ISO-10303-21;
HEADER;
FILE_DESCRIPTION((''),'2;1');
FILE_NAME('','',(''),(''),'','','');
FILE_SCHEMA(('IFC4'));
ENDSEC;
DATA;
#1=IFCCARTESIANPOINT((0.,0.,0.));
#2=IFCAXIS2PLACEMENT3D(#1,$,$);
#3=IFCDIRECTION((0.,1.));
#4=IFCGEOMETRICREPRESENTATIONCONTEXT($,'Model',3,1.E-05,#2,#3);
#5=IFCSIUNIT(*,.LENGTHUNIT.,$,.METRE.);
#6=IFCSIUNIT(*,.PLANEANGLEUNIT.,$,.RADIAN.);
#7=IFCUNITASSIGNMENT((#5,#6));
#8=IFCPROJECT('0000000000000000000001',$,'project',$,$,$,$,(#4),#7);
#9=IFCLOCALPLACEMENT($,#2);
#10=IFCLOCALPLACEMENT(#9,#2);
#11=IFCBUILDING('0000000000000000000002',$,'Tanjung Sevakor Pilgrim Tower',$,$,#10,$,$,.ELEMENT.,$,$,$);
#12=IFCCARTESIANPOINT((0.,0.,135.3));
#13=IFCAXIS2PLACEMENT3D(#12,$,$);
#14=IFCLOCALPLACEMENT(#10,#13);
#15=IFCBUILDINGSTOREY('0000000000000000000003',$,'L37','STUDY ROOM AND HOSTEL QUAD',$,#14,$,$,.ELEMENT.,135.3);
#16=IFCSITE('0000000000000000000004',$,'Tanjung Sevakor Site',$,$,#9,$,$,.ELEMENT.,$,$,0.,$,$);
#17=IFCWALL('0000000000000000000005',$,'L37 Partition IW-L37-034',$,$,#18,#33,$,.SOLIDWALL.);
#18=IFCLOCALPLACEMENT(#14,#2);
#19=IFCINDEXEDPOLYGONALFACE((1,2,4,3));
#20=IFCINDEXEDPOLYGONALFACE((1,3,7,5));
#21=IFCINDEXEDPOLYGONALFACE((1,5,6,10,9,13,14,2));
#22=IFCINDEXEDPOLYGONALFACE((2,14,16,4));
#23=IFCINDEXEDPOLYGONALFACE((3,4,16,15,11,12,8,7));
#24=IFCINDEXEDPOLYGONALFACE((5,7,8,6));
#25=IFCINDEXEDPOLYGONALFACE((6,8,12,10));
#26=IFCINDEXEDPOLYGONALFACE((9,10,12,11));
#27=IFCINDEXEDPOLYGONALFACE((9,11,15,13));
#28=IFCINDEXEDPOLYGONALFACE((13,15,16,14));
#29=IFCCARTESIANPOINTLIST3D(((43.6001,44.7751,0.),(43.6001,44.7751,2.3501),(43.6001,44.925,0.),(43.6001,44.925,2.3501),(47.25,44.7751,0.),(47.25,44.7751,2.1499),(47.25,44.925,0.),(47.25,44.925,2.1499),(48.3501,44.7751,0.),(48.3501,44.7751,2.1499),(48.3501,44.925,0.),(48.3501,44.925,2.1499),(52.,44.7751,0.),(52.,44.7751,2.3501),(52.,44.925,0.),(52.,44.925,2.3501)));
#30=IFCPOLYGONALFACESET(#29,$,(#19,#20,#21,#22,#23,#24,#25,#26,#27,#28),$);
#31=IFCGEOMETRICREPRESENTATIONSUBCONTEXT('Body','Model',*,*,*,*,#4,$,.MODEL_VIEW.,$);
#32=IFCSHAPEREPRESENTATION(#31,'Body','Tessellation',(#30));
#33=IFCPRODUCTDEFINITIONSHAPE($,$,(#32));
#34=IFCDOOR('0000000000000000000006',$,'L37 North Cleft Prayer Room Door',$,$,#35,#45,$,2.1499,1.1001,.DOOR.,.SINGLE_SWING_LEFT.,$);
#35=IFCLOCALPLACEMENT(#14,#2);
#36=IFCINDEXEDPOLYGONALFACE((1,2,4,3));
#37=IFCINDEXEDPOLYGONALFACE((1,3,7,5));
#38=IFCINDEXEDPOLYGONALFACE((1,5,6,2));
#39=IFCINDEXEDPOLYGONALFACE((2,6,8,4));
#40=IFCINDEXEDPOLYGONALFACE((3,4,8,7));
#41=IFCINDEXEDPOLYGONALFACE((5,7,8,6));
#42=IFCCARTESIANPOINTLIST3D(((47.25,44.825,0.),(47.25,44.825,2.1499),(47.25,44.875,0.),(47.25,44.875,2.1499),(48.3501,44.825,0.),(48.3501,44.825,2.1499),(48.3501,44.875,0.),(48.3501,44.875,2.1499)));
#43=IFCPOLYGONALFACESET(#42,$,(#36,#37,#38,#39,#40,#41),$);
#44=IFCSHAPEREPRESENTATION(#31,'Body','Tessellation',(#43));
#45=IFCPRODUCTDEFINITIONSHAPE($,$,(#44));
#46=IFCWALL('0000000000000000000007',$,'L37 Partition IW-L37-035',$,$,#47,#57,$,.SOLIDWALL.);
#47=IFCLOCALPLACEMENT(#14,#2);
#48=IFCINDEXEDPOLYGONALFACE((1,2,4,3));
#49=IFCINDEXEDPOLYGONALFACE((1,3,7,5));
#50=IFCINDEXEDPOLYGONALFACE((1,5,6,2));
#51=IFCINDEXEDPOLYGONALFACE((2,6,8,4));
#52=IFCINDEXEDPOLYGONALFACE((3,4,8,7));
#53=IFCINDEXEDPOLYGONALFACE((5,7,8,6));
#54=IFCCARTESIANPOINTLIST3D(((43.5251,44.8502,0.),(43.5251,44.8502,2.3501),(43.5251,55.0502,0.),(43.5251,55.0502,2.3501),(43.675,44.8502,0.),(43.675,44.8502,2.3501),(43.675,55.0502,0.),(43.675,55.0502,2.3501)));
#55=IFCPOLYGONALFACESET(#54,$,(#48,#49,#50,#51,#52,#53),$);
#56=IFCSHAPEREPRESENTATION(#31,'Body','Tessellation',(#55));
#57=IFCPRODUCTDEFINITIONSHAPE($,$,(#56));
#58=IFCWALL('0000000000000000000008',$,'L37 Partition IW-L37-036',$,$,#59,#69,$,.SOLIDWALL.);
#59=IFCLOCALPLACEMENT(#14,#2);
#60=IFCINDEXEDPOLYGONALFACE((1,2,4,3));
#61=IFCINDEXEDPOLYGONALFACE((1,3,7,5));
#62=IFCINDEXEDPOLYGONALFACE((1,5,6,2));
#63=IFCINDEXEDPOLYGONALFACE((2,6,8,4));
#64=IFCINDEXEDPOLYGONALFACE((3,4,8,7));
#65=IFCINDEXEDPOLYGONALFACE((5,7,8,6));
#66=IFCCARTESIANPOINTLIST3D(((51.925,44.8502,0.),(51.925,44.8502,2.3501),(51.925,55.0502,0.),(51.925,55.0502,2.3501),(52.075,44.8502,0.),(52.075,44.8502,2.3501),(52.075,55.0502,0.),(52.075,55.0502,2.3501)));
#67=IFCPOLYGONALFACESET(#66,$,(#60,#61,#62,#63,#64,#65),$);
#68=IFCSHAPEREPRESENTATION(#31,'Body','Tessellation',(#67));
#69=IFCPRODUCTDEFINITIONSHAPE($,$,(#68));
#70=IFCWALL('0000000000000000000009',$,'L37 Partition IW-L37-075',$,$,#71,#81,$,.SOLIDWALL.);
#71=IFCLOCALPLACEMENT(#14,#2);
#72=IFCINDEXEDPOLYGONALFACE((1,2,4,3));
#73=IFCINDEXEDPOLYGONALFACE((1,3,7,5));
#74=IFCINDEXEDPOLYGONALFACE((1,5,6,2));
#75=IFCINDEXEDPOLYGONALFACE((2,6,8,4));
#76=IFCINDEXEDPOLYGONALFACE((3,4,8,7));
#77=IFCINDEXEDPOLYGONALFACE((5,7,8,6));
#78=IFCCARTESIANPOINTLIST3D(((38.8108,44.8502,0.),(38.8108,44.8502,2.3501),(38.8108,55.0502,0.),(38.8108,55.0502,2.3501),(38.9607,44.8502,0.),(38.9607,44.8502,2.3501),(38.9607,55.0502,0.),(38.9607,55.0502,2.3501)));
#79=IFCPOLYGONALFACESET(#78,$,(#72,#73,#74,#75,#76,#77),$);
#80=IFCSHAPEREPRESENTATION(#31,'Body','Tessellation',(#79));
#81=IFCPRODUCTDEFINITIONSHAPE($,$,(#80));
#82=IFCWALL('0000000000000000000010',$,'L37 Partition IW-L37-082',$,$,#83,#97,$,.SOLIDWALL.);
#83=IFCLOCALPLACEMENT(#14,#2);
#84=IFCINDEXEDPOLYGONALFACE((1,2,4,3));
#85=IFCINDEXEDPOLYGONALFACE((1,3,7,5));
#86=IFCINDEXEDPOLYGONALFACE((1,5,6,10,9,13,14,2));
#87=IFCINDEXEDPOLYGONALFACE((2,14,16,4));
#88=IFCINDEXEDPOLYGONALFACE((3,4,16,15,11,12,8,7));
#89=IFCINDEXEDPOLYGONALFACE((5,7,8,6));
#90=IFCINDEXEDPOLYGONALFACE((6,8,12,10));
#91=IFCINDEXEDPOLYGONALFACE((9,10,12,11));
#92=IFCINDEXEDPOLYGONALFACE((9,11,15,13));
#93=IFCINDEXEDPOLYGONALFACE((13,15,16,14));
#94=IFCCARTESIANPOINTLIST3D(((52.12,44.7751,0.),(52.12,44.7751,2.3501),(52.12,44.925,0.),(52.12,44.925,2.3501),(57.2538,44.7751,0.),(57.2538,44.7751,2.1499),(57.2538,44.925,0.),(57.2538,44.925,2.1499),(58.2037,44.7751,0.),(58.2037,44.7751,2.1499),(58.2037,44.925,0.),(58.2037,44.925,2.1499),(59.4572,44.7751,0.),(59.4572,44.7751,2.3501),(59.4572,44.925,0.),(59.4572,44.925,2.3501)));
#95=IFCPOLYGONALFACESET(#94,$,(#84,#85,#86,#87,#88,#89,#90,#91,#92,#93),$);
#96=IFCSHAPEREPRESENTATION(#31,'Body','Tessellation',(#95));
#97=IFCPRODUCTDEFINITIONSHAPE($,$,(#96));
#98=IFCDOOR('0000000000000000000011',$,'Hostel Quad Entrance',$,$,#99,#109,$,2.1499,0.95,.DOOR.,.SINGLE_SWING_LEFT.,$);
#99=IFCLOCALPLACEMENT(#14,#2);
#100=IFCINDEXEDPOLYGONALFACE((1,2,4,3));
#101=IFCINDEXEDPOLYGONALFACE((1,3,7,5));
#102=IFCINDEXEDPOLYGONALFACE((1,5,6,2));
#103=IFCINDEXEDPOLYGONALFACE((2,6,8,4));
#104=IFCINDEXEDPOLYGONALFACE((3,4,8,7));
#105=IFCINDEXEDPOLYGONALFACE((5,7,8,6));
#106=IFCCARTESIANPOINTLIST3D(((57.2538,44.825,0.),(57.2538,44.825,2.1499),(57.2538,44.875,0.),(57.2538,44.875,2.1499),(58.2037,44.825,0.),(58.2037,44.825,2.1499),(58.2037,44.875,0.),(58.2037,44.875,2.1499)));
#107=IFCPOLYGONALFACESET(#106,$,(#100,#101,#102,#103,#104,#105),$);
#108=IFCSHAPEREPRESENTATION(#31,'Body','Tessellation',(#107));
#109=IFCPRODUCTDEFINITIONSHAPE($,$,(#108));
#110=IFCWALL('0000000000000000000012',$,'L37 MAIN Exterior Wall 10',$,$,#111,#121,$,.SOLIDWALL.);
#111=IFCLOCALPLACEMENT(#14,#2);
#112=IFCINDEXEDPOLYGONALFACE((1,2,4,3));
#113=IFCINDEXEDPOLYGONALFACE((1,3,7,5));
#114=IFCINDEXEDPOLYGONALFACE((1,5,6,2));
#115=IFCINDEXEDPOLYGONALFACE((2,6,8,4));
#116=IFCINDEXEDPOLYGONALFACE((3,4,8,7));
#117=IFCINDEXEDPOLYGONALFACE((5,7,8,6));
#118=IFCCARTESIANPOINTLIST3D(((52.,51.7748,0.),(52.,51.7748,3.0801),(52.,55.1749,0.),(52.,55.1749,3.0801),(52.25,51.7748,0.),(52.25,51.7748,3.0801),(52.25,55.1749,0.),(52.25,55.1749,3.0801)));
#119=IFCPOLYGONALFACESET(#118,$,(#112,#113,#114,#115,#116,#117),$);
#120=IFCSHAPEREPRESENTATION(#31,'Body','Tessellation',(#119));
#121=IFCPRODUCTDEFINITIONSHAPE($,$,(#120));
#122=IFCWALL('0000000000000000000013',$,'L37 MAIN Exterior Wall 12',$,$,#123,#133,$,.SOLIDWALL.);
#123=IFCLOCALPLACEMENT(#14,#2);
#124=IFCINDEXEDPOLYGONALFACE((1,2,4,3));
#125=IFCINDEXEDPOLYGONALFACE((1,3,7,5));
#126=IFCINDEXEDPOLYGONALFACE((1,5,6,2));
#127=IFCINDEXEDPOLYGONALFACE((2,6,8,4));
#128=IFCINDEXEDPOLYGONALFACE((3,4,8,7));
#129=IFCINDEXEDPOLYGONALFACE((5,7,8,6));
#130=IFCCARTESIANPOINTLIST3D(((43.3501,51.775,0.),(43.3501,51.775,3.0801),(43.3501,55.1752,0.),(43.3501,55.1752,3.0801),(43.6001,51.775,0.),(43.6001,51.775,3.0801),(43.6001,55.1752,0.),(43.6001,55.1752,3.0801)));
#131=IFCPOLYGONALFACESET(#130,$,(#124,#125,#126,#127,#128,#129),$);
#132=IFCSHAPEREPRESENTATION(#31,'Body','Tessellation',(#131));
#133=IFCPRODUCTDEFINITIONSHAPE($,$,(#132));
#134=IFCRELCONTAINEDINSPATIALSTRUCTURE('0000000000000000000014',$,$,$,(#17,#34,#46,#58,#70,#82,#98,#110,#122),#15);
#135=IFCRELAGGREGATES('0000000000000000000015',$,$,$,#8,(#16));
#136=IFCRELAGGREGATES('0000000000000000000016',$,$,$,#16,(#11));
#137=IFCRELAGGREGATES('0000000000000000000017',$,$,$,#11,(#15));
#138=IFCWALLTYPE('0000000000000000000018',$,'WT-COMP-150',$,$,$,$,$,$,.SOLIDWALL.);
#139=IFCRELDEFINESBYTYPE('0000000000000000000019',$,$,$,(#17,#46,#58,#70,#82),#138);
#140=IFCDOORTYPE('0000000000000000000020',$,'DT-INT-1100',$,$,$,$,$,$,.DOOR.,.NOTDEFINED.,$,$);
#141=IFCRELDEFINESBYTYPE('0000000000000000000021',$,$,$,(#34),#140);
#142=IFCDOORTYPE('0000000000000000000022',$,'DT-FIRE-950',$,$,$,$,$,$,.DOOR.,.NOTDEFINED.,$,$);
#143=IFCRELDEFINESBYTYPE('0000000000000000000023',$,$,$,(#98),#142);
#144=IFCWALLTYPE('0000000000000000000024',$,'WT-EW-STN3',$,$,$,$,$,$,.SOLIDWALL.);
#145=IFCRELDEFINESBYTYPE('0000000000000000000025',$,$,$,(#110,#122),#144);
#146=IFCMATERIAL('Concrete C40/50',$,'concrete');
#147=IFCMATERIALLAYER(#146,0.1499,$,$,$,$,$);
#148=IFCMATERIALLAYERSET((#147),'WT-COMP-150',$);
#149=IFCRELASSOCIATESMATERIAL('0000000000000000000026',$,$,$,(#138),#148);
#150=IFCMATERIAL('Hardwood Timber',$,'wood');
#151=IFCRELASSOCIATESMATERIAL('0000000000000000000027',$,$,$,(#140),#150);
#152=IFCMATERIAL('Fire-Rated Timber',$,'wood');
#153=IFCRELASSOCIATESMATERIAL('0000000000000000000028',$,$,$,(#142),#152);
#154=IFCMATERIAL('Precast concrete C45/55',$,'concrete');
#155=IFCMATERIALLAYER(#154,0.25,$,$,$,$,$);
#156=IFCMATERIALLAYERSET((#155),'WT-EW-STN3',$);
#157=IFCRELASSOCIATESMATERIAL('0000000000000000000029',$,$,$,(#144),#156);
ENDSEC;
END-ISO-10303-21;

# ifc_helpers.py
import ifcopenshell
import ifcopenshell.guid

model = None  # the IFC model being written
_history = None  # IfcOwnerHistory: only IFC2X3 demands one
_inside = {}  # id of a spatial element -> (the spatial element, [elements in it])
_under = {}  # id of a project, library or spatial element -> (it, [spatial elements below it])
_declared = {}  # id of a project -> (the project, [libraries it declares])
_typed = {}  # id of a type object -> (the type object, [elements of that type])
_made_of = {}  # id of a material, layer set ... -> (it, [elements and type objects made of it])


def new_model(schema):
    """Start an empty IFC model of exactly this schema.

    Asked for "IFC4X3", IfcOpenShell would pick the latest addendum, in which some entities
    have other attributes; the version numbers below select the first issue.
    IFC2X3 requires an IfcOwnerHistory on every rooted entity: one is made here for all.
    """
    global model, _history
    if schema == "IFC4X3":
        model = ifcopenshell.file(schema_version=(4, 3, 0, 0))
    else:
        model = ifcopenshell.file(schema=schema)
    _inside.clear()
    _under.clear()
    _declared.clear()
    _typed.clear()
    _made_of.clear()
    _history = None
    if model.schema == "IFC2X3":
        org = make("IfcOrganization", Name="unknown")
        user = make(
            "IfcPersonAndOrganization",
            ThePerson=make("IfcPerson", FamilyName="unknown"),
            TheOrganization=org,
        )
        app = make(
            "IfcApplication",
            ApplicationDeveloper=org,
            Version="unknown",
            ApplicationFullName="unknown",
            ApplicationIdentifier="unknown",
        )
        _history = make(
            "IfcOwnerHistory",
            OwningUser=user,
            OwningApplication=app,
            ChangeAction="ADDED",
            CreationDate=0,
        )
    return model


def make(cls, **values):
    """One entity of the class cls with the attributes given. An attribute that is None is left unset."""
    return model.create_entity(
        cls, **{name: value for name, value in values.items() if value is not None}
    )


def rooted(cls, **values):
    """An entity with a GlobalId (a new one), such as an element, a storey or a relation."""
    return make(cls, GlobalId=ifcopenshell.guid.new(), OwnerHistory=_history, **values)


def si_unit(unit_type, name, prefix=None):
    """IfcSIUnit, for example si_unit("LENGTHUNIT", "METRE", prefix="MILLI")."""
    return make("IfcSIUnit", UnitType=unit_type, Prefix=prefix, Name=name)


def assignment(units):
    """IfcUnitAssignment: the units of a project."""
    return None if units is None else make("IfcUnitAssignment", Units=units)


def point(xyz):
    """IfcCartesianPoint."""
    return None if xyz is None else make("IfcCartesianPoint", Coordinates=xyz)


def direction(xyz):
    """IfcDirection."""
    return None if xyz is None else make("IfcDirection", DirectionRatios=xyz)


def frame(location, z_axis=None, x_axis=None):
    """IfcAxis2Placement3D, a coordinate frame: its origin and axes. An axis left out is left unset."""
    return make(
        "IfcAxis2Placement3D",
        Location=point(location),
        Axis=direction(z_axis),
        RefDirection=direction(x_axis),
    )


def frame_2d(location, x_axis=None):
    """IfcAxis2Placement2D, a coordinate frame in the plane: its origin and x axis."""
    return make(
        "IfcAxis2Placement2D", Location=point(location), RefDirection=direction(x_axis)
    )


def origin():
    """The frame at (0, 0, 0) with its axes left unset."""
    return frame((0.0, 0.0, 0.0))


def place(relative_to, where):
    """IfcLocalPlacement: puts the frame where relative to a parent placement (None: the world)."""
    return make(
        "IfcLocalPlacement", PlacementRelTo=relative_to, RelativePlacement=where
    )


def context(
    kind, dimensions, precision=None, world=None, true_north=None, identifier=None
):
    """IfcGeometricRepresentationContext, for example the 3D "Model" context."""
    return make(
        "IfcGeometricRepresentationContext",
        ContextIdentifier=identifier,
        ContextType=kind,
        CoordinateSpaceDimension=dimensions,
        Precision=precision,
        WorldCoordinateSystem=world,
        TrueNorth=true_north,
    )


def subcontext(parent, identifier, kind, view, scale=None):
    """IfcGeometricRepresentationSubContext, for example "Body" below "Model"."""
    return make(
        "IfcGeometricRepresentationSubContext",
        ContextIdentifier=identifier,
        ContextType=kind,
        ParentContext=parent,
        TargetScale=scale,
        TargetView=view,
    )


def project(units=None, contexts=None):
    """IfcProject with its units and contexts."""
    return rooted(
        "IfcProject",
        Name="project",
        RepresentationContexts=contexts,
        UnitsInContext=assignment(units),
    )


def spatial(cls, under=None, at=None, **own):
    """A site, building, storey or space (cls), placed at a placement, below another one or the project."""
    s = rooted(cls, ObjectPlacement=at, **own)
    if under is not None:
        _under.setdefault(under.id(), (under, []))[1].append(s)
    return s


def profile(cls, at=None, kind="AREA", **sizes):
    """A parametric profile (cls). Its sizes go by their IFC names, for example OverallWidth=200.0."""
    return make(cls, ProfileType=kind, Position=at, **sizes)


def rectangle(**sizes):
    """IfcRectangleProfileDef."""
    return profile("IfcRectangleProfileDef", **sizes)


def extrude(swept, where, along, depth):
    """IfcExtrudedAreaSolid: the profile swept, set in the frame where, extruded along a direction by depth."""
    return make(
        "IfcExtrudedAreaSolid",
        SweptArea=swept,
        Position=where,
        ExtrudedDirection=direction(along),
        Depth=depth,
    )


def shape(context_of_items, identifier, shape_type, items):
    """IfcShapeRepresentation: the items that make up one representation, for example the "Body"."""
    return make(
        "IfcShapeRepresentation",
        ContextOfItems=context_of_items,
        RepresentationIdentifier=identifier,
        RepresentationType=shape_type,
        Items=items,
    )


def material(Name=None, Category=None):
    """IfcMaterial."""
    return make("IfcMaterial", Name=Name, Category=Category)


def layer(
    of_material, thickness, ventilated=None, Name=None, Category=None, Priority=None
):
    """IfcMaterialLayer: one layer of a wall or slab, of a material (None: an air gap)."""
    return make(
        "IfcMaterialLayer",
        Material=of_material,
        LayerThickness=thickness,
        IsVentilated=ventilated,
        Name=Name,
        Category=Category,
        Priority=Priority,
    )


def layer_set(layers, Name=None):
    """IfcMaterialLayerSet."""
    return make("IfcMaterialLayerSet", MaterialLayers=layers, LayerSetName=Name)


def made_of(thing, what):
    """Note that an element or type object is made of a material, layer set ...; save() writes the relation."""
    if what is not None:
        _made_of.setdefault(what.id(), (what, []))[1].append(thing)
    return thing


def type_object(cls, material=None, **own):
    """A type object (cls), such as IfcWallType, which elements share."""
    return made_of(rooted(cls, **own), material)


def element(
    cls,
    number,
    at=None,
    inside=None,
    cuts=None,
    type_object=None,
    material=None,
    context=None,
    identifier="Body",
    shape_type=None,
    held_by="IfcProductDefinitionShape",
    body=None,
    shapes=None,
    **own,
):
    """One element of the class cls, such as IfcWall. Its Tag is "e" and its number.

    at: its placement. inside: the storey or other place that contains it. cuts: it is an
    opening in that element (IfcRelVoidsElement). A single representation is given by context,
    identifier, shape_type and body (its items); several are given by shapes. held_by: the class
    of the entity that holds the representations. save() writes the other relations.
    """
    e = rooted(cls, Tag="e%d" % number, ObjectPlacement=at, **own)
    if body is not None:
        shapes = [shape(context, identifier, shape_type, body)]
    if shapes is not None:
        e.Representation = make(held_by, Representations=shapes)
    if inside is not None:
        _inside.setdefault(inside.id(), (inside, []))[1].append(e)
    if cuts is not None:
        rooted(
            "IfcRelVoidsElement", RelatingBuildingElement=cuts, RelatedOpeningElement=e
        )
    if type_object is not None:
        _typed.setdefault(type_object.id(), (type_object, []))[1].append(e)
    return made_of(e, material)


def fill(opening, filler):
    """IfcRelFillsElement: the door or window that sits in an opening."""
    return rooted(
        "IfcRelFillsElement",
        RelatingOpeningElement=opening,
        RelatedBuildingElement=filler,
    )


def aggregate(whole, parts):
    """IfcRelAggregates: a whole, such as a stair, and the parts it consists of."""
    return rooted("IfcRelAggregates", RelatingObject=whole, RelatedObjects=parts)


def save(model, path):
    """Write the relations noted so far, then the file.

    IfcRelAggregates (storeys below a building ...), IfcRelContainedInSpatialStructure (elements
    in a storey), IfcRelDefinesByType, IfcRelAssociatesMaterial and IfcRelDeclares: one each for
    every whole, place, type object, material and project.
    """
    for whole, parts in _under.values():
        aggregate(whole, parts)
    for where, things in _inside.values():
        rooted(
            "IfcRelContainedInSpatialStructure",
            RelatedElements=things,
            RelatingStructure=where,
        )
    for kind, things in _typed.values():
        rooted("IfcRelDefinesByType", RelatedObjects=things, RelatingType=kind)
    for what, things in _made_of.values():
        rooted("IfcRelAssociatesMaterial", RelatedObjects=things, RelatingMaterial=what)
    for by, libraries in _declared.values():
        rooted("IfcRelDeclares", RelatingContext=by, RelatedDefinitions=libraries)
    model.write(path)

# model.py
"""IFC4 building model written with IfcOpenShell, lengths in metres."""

from ifc_helpers import new_model, si_unit, direction, frame, frame_2d, origin, place, context, subcontext, project, spatial, rectangle, extrude, material, layer, layer_set, type_object, element, fill, save


model = new_model("IFC4")

# Units and contexts
model_context = context("Model", 3, precision=1e-05, world=origin(), true_north=direction((0.0, 1.0)))
body_context = subcontext(model_context, "Body", "Model", "MODEL_VIEW")
ifc_project = project(units=[si_unit("LENGTHUNIT", "METRE"), si_unit("PLANEANGLEUNIT", "RADIAN")], contexts=[model_context])

# Site, building, storey
site_placement = place(None, origin())
site = spatial("IfcSite", under=ifc_project, at=site_placement, Name="Tanjung Sevakor Site", CompositionType="ELEMENT", RefElevation=0.0)
building_placement = place(site_placement, origin())
building = spatial("IfcBuilding", under=site, at=building_placement, Name="Tanjung Sevakor Pilgrim Tower", CompositionType="ELEMENT")
storey_placement = place(building_placement, frame((0.0, 0.0, 135.3)))
storey = spatial("IfcBuildingStorey", under=building, at=storey_placement, Name="L37", Description="STUDY ROOM AND HOSTEL QUAD", CompositionType="ELEMENT", Elevation=135.3)

# Wall, opening, door
ifc_material_1 = material(Name="Concrete C40/50", Category="concrete")
ifc_layer_1 = layer(ifc_material_1, 0.1499)
ifc_layer_set_1 = layer_set([ifc_layer_1], Name="WT-COMP-150")
wall_type_1 = type_object("IfcWallType", Name="WT-COMP-150", PredefinedType="SOLIDWALL", material=ifc_layer_set_1)
wall_1_placement = place(storey_placement, frame((43.6001, 44.8501, 0.0), z_axis=(0.0, 0.0, 1.0), x_axis=(1.0, 0.0, 0.0)))
wall_1 = element("IfcWall", 1, at=wall_1_placement, inside=storey, type_object=wall_type_1, Name="L37 Partition IW-L37-034", PredefinedType="SOLIDWALL", context=body_context, shape_type="SweptSolid", body=[
    extrude(rectangle(XDim=8.3999, YDim=0.1499, at=frame_2d((4.2, 0.0))), origin(), (0.0, 0.0, 1.0), 2.3501),
])
opening_1_placement = place(wall_1_placement, frame((3.6499, 0.0, 0.0)))
opening_1 = element("IfcOpeningElement", 2, at=opening_1_placement, cuts=wall_1, PredefinedType="OPENING", context=body_context, shape_type="SweptSolid", body=[
    extrude(rectangle(XDim=1.1001, YDim=2.1499, at=frame_2d((0.55, 1.075))), frame((0.0, 0.085, 0.0), z_axis=(0.0, -1.0, 0.0), x_axis=(1.0, 0.0, 0.0)), (0.0, 0.0, 1.0), 0.1699),
])
ifc_material_2 = material(Name="Hardwood Timber", Category="wood")
door_type_1 = type_object("IfcDoorType", Name="DT-INT-1100", OperationType="NOTDEFINED", PredefinedType="DOOR", material=ifc_material_2)
door_1_placement = place(opening_1_placement, origin())
door_1 = element("IfcDoor", 3, at=door_1_placement, inside=storey, type_object=door_type_1, Name="L37 North Cleft Prayer Room Door", OperationType="SINGLE_SWING_LEFT", OverallHeight=2.1499, OverallWidth=1.1001, PredefinedType="DOOR", context=body_context, shape_type="SweptSolid", body=[
    extrude(rectangle(XDim=1.1001, YDim=2.1499, at=frame_2d((0.55, 1.075))), frame((0.0, 0.0249, 0.0), z_axis=(0.0, -1.0, 0.0), x_axis=(1.0, 0.0, 0.0)), (0.0, 0.0, 1.0), 0.05),
])
fill(opening_1, door_1)

# Walls
for number, where, z_axis, x_axis, name in (
    (4, (43.6001, 44.8501, 0.0), (0.0, 0.0, 1.0), (0.0, 1.0, 0.0), "L37 Partition IW-L37-035"),
    (5, (52.0, 44.8501, 0.0), (0.0, 0.0, 1.0), (0.0, 1.0, 0.0), "L37 Partition IW-L37-036"),
    (6, (38.8857, 44.8501, 0.0), (0.0, 0.0, 1.0), (0.0, 1.0, 0.0), "L37 Partition IW-L37-075"),
):
    element("IfcWall", number, at=place(storey_placement, frame(where, z_axis=z_axis, x_axis=x_axis)), inside=storey, type_object=wall_type_1, Name=name, PredefinedType="SOLIDWALL", context=body_context, shape_type="SweptSolid", body=[
        extrude(rectangle(XDim=10.2, YDim=0.1499, at=frame_2d((5.1001, 0.0))), origin(), (0.0, 0.0, 1.0), 2.3501),
    ])

# Wall, opening, door
ifc_material_3 = material(Name="Fire-Rated Timber", Category="wood")
door_type_2 = type_object("IfcDoorType", Name="DT-FIRE-950", OperationType="NOTDEFINED", PredefinedType="DOOR", material=ifc_material_3)
wall_2_placement = place(storey_placement, frame((52.1201, 44.8501, 0.0), z_axis=(0.0, 0.0, 1.0), x_axis=(1.0, 0.0, 0.0)))
wall_2 = element("IfcWall", 7, at=wall_2_placement, inside=storey, type_object=wall_type_1, Name="L37 Partition IW-L37-082", PredefinedType="SOLIDWALL", context=body_context, shape_type="SweptSolid", body=[
    extrude(rectangle(XDim=7.3372, YDim=0.1499, at=frame_2d((3.6685, 0.0))), origin(), (0.0, 0.0, 1.0), 2.3501),
])
opening_2_placement = place(wall_2_placement, frame((5.1335, 0.0, 0.0)))
opening_2 = element("IfcOpeningElement", 8, at=opening_2_placement, cuts=wall_2, PredefinedType="OPENING", context=body_context, shape_type="SweptSolid", body=[
    extrude(rectangle(XDim=0.95, YDim=2.1499, at=frame_2d((0.4751, 1.075))), frame((0.0, 0.085, 0.0), z_axis=(0.0, -1.0, 0.0), x_axis=(1.0, 0.0, 0.0)), (0.0, 0.0, 1.0), 0.1699),
])
door_2_placement = place(opening_2_placement, origin())
door_2 = element("IfcDoor", 9, at=door_2_placement, inside=storey, type_object=door_type_2, Name="Hostel Quad Entrance", OperationType="SINGLE_SWING_LEFT", OverallHeight=2.1499, OverallWidth=0.95, PredefinedType="DOOR", context=body_context, shape_type="SweptSolid", body=[
    extrude(rectangle(XDim=0.95, YDim=2.1499, at=frame_2d((0.4751, 1.075))), frame((0.0, 0.0249, 0.0), z_axis=(0.0, -1.0, 0.0), x_axis=(1.0, 0.0, 0.0)), (0.0, 0.0, 1.0), 0.05),
])
fill(opening_2, door_2)

# Walls
ifc_material_4 = material(Name="Precast concrete C45/55", Category="concrete")
ifc_layer_2 = layer(ifc_material_4, 0.25)
ifc_layer_set_2 = layer_set([ifc_layer_2], Name="WT-EW-STN3")
wall_type_2 = type_object("IfcWallType", Name="WT-EW-STN3", PredefinedType="SOLIDWALL", material=ifc_layer_set_2)
for number, where, z_axis, x_axis, name in (
    (10, (52.125, 55.175, 0.0), (0.0, 0.0, 1.0), (0.0, -1.0, 0.0), "L37 MAIN Exterior Wall 10"),
    (11, (43.4751, 51.7749, 0.0), (0.0, 0.0, 1.0), (0.0, 1.0, 0.0), "L37 MAIN Exterior Wall 12"),
):
    element("IfcWall", number, at=place(storey_placement, frame(where, z_axis=z_axis, x_axis=x_axis)), inside=storey, type_object=wall_type_2, Name=name, PredefinedType="SOLIDWALL", context=body_context, shape_type="SweptSolid", body=[
        extrude(rectangle(XDim=3.4001, YDim=0.25, at=frame_2d((1.7002, 0.0))), origin(), (0.0, 0.0, 1.0), 3.0801),
    ])

save(model, "model.ifc")
